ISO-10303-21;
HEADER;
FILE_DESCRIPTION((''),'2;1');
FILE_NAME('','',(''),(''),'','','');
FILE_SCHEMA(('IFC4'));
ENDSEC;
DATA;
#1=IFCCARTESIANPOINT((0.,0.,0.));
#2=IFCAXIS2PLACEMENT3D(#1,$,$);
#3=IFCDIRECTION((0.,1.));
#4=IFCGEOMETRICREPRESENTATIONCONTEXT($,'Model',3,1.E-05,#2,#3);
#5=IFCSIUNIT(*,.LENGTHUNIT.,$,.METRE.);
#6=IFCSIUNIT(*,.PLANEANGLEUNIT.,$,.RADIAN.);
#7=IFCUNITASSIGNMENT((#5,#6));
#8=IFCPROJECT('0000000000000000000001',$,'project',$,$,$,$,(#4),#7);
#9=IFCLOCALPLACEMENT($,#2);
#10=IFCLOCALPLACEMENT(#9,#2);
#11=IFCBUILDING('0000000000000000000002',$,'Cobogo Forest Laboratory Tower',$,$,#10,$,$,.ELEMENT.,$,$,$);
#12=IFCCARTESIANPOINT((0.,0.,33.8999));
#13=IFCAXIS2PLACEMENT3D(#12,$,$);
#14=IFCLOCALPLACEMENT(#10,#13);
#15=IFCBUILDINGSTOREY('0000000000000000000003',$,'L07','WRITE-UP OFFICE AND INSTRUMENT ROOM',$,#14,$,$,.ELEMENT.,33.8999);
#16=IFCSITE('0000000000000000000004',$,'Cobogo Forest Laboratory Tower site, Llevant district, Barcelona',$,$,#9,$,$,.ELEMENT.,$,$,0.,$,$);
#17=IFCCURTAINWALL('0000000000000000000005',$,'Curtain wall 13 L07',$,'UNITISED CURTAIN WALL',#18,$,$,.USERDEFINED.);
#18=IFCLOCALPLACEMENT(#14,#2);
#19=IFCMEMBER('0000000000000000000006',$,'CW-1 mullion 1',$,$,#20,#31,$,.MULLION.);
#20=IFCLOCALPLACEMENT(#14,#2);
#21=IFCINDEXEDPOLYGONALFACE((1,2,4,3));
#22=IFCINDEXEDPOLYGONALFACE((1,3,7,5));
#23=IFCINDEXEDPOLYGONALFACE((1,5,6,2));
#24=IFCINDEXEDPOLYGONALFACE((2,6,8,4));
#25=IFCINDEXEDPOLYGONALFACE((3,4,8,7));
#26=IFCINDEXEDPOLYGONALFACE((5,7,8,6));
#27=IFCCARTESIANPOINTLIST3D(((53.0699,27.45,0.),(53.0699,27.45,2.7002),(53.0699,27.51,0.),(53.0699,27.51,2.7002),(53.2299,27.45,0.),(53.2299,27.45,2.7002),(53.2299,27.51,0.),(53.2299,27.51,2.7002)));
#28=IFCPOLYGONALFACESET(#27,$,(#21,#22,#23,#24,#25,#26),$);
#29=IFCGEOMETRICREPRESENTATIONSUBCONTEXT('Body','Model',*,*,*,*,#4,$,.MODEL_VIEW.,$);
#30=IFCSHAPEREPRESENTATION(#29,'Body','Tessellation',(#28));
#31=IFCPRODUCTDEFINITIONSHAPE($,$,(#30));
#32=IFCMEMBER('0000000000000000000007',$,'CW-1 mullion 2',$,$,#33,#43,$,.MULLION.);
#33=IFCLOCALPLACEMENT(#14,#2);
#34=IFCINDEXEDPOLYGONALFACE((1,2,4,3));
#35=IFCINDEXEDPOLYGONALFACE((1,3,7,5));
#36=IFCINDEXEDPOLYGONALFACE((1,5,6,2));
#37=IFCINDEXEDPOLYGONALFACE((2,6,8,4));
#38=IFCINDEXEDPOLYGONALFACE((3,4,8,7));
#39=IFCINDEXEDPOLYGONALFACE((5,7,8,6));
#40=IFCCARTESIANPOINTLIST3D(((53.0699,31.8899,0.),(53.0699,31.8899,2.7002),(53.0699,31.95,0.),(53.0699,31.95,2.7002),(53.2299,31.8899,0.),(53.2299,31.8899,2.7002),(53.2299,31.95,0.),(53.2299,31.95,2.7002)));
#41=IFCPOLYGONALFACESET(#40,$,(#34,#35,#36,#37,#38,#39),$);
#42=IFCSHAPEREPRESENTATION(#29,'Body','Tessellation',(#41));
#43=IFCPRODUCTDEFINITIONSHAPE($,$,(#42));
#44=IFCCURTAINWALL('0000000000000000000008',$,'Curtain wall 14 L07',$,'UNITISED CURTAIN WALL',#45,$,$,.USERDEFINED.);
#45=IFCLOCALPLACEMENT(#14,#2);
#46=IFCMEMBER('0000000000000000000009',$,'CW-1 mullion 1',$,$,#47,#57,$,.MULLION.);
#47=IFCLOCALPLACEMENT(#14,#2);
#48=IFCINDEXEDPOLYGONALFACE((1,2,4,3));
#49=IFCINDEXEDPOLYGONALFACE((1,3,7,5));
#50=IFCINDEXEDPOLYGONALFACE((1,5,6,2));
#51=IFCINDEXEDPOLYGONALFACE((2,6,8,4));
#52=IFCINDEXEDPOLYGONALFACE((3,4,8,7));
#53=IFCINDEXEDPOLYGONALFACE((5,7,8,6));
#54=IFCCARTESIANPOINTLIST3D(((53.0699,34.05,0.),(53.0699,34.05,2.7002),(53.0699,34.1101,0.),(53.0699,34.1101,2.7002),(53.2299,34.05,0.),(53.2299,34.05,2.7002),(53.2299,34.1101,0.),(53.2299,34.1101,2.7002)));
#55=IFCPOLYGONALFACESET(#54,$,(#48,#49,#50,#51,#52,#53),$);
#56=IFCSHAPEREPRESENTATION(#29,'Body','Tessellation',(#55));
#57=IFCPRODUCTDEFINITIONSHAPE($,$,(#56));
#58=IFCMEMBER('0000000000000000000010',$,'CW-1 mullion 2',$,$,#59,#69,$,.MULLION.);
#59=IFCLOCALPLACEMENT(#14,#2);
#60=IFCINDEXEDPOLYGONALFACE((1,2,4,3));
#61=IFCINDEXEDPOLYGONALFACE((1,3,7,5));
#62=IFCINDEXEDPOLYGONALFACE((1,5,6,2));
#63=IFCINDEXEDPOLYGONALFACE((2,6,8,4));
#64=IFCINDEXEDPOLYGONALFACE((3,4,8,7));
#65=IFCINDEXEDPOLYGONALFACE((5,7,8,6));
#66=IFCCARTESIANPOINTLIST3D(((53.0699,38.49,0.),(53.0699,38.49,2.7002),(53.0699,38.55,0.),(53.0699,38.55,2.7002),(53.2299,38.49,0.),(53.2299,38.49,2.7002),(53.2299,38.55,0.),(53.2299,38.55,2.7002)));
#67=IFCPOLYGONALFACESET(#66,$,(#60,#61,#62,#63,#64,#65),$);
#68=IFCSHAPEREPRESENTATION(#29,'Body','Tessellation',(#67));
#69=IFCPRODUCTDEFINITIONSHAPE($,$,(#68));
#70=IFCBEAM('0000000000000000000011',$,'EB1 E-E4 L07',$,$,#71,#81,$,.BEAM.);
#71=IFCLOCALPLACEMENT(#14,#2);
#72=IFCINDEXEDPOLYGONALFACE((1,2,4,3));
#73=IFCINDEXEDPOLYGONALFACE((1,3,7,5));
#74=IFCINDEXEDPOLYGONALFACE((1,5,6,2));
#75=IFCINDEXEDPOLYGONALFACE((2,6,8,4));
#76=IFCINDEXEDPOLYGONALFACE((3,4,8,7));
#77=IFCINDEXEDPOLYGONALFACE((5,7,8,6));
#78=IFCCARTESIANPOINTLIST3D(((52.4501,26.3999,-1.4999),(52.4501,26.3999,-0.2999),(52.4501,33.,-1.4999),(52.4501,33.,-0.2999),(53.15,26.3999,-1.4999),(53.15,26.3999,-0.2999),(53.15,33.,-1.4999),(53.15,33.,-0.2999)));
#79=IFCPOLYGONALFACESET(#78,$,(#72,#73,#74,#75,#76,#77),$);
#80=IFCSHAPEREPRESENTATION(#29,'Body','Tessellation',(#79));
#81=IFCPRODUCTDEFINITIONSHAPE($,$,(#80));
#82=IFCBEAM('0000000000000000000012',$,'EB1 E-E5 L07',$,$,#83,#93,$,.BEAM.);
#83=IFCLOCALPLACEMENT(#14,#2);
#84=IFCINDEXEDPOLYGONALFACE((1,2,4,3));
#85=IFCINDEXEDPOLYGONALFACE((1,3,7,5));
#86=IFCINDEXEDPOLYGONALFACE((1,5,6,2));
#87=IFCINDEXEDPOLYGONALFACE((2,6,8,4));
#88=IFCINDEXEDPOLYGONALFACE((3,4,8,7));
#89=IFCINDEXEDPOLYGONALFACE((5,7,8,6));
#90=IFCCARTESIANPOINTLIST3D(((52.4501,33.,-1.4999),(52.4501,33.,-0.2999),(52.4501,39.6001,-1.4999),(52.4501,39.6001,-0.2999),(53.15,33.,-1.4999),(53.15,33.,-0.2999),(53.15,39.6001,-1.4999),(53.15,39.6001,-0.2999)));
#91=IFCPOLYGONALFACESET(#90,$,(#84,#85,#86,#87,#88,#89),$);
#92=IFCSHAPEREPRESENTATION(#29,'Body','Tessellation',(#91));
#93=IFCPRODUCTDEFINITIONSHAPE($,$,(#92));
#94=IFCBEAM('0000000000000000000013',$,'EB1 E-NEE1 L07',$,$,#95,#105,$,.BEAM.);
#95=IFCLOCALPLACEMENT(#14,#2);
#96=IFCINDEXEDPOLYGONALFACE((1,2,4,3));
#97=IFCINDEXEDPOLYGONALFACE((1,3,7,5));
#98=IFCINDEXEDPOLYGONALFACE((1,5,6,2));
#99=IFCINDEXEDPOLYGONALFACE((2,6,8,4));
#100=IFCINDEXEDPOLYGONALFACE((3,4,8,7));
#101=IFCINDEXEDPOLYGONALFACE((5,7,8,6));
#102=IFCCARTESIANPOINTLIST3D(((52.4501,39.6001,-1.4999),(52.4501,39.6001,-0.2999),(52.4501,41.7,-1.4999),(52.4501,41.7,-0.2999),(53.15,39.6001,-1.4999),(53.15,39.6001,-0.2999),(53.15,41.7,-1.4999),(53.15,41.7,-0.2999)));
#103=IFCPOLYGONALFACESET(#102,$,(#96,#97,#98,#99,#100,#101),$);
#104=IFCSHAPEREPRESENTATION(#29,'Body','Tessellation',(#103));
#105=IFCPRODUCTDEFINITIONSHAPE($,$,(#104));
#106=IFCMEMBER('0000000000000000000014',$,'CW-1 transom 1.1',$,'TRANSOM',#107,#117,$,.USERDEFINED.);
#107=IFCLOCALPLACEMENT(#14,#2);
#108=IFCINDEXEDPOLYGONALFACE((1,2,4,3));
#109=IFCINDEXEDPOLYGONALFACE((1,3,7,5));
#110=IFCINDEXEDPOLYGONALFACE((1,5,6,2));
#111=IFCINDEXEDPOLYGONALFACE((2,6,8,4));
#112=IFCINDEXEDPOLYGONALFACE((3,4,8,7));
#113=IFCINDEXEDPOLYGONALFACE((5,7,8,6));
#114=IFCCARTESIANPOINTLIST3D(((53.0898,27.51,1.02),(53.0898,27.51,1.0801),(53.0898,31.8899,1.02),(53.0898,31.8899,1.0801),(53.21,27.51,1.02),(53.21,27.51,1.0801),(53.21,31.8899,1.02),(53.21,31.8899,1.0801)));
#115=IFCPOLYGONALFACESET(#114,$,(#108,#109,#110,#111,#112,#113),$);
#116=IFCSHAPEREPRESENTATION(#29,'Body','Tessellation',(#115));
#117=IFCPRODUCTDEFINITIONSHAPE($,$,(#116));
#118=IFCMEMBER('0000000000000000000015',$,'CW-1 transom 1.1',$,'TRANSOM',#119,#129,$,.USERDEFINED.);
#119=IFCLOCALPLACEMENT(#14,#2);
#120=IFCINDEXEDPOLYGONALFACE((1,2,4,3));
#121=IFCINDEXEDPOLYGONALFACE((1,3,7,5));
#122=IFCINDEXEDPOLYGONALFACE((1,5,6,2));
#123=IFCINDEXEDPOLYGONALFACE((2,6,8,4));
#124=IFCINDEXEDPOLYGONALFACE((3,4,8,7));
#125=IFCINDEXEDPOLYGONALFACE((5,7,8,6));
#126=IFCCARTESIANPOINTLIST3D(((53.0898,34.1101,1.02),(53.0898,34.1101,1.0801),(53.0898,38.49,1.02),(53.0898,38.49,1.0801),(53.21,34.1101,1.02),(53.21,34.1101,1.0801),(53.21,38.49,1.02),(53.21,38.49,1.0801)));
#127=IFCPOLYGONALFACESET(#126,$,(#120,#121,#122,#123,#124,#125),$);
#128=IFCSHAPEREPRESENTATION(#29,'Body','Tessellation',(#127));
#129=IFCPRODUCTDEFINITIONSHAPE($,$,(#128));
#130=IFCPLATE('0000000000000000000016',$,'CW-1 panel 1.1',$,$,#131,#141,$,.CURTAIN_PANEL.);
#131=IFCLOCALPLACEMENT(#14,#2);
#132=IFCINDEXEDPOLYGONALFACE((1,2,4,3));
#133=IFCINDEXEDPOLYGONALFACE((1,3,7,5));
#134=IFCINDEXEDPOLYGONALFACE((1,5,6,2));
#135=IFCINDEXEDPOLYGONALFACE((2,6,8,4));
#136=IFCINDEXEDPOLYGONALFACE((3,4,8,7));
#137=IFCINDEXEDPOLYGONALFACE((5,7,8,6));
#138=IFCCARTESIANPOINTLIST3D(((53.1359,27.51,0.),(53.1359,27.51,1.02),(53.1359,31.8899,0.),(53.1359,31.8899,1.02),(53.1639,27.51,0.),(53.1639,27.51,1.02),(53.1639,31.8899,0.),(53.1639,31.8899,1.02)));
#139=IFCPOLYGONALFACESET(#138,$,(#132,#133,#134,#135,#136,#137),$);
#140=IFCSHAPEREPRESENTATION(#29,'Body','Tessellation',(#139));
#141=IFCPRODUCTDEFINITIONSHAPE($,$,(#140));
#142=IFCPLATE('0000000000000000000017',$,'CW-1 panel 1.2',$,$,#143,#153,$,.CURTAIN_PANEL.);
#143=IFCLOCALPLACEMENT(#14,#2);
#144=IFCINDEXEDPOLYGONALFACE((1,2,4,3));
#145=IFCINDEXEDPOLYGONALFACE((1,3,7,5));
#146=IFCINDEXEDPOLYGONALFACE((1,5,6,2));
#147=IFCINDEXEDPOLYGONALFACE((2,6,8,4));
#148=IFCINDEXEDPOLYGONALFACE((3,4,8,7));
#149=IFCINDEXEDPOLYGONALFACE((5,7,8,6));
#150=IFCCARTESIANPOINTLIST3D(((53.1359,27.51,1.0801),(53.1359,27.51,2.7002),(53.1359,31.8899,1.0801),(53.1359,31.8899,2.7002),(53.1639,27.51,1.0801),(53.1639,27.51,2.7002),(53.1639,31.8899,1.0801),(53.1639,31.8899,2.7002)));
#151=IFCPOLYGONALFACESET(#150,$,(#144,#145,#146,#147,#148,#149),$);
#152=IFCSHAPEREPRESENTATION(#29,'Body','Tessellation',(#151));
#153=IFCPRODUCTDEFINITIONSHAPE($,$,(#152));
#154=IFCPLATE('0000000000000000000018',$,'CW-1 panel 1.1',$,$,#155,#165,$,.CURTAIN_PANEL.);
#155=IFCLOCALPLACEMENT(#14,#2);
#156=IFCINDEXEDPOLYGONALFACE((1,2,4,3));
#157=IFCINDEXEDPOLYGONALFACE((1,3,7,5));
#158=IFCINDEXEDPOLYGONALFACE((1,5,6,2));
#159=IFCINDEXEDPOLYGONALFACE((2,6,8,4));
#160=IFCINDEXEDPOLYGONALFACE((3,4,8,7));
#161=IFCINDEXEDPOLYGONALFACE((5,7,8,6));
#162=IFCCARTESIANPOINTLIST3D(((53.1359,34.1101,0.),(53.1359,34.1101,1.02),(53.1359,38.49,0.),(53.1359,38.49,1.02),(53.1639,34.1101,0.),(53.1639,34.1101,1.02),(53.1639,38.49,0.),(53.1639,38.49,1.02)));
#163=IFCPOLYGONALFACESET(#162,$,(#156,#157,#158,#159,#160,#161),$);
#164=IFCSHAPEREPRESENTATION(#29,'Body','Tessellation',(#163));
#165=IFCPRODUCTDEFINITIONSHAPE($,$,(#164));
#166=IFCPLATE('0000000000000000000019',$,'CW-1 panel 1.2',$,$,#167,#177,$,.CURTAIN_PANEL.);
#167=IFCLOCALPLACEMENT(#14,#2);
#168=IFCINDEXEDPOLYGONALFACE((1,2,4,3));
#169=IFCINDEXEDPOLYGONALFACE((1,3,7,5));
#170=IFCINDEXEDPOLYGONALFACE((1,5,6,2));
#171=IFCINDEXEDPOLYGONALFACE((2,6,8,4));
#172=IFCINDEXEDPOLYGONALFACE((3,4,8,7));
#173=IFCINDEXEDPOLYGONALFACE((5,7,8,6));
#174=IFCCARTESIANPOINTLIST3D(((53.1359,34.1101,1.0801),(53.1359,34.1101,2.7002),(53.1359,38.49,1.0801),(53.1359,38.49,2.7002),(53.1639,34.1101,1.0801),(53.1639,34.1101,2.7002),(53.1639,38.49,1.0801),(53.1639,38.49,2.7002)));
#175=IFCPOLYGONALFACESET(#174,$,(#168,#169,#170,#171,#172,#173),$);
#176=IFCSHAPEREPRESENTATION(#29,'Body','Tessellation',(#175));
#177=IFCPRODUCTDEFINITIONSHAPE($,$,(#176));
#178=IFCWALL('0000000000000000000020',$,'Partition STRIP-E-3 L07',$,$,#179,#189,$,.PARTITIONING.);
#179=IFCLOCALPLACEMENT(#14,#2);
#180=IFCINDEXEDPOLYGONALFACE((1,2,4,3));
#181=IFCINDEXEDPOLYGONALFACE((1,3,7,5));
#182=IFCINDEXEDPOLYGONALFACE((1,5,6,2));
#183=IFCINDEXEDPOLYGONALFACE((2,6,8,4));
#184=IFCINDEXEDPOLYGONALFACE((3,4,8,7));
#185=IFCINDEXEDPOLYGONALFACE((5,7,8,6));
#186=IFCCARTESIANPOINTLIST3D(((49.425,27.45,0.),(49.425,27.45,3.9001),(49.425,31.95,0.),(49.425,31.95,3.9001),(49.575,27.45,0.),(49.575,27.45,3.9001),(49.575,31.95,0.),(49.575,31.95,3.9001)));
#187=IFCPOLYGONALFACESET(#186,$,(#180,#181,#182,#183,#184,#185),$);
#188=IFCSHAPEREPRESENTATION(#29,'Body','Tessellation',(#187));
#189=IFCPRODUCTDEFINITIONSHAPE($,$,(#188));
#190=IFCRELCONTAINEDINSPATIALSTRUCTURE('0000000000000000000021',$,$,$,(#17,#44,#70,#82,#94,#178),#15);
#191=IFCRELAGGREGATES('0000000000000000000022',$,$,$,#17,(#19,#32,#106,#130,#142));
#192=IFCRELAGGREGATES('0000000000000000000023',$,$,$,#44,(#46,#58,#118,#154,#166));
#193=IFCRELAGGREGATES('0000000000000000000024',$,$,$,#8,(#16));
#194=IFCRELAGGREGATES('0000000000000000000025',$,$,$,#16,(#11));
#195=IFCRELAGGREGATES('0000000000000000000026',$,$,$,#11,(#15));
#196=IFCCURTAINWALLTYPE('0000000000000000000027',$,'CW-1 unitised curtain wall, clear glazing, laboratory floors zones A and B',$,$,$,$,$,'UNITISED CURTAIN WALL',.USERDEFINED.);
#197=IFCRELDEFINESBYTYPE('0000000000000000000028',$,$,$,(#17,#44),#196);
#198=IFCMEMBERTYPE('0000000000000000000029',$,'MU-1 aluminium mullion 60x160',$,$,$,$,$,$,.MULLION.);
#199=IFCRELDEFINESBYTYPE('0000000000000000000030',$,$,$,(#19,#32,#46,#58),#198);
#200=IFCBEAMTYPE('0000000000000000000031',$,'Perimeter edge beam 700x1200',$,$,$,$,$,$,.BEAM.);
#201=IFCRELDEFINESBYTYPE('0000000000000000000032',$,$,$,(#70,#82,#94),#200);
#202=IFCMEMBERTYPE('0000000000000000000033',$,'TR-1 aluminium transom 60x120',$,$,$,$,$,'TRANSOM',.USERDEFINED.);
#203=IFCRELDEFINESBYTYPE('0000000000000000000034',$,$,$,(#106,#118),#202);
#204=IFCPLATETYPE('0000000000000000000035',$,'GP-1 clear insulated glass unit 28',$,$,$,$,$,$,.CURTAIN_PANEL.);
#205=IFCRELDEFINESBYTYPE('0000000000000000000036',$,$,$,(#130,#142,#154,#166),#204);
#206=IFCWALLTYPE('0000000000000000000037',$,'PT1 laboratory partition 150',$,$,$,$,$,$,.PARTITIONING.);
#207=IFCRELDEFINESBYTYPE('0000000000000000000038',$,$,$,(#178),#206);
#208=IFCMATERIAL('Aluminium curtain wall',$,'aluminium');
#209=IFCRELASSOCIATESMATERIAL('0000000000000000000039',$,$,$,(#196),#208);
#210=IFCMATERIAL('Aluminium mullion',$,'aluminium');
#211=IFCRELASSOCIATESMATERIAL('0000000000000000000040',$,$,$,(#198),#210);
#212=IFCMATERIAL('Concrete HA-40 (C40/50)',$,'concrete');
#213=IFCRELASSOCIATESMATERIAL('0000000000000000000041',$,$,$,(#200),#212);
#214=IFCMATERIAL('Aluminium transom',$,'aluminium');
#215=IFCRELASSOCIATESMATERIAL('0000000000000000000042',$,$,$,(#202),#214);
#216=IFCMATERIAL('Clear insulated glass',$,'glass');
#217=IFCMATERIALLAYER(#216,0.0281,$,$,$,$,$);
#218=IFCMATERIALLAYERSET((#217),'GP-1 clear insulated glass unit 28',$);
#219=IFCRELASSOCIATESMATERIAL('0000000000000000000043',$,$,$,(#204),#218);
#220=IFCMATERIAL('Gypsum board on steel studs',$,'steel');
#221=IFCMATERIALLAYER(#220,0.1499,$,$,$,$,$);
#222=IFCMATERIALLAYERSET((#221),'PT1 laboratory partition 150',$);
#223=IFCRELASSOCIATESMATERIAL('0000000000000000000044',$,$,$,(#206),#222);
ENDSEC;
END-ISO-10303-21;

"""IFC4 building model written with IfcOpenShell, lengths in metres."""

from ifc_helpers import new_model, si_unit, direction, frame, frame_2d, origin, origin_2d, place, context, subcontext, project, spatial, rectangle, extrude, material, layer, layer_set, material_profile, profile_set, type_object, element, aggregate, save


model = new_model("IFC4")

# Units and contexts
model_context = context("Model", 3, precision=1e-05, world=origin(), true_north=direction((0.0, 1.0)))
body_context = subcontext(model_context, "Body", "Model", "MODEL_VIEW")
ifc_project = project(units=[si_unit("LENGTHUNIT", "METRE"), si_unit("PLANEANGLEUNIT", "RADIAN")], contexts=[model_context])

# Site, building, storey
site_placement = place(None, origin())
site = spatial("IfcSite", under=ifc_project, at=site_placement, Name="Cobogo Forest Laboratory Tower site, Llevant district, Barcelona", CompositionType="ELEMENT", RefElevation=0.0)
building_placement = place(site_placement, origin())
building = spatial("IfcBuilding", under=site, at=building_placement, Name="Cobogo Forest Laboratory Tower", CompositionType="ELEMENT")
storey_placement = place(building_placement, frame((0.0, 0.0, 33.8999)))
storey = spatial("IfcBuildingStorey", under=building, at=storey_placement, Name="L07", Description="WRITE-UP OFFICE AND INSTRUMENT ROOM", CompositionType="ELEMENT", Elevation=33.8999)

# Shared definitions
ifc_material_1 = material(Name="Concrete HA-40 (C40/50)", Category="concrete")

# Curtain walls, members
ifc_material_2 = material(Name="Aluminium curtain wall", Category="aluminium")
curtain_wall_type = type_object("IfcCurtainWallType", Name="CW-1 unitised curtain wall, clear glazing, laboratory floors zones A and B", ElementType="UNITISED CURTAIN WALL", PredefinedType="USERDEFINED", material=ifc_material_2)
curtain_wall_1_placement = place(storey_placement, origin())
curtain_wall_1 = element("IfcCurtainWall", 1, at=curtain_wall_1_placement, inside=storey, type_object=curtain_wall_type, Name="Curtain wall 13 L07", ObjectType="UNITISED CURTAIN WALL", PredefinedType="USERDEFINED")
ifc_material_3 = material(Name="Aluminium mullion", Category="aluminium")
ifc_material_profile_1 = material_profile(ifc_material_3, rectangle(XDim=0.0601, YDim=0.1599, at=origin_2d()), Name="AL 60x160")
ifc_profile_set_1 = profile_set([ifc_material_profile_1], Name="Aluminium mullion")
member_type_1 = type_object("IfcMemberType", Name="MU-1 aluminium mullion 60x160", PredefinedType="MULLION", material=ifc_profile_set_1)
member_1_placement = place(storey_placement, frame((53.1499, 27.48, 0.0), z_axis=(0.0, 0.0, 1.0), x_axis=(0.0, 1.0, 0.0)))
member_1 = element("IfcMember", 2, at=member_1_placement, type_object=member_type_1, Name="CW-1 mullion 1", PredefinedType="MULLION", context=body_context, shape_type="SweptSolid", body=[
    extrude(rectangle(XDim=0.0601, YDim=0.1599, at=origin_2d()), origin(), (0.0, 0.0, 1.0), 2.7002),
])
member_2_placement = place(storey_placement, frame((53.1499, 31.9199, 0.0), z_axis=(0.0, 0.0, 1.0), x_axis=(0.0, 1.0, 0.0)))
member_2 = element("IfcMember", 3, at=member_2_placement, type_object=member_type_1, Name="CW-1 mullion 2", PredefinedType="MULLION", context=body_context, shape_type="SweptSolid", body=[
    extrude(rectangle(XDim=0.0601, YDim=0.1599, at=origin_2d()), origin(), (0.0, 0.0, 1.0), 2.7002),
])
curtain_wall_2_placement = place(storey_placement, origin())
curtain_wall_2 = element("IfcCurtainWall", 4, at=curtain_wall_2_placement, inside=storey, type_object=curtain_wall_type, Name="Curtain wall 14 L07", ObjectType="UNITISED CURTAIN WALL", PredefinedType="USERDEFINED")
member_3_placement = place(storey_placement, frame((53.1499, 34.0801, 0.0), z_axis=(0.0, 0.0, 1.0), x_axis=(0.0, 1.0, 0.0)))
member_3 = element("IfcMember", 5, at=member_3_placement, type_object=member_type_1, Name="CW-1 mullion 1", PredefinedType="MULLION", context=body_context, shape_type="SweptSolid", body=[
    extrude(rectangle(XDim=0.0601, YDim=0.1599, at=origin_2d()), origin(), (0.0, 0.0, 1.0), 2.7002),
])
member_4_placement = place(storey_placement, frame((53.1499, 38.52, 0.0), z_axis=(0.0, 0.0, 1.0), x_axis=(0.0, 1.0, 0.0)))
member_4 = element("IfcMember", 6, at=member_4_placement, type_object=member_type_1, Name="CW-1 mullion 2", PredefinedType="MULLION", context=body_context, shape_type="SweptSolid", body=[
    extrude(rectangle(XDim=0.0601, YDim=0.1599, at=origin_2d()), origin(), (0.0, 0.0, 1.0), 2.7002),
])

# Beams
ifc_material_profile_2 = material_profile(ifc_material_1, rectangle(XDim=0.7, YDim=1.2, at=origin_2d()), Name="RC 700x1200")
ifc_profile_set_2 = profile_set([ifc_material_profile_2], Name="Concrete HA-40 (C40/50)")
beam_type_1 = type_object("IfcBeamType", Name="Perimeter edge beam 700x1200", PredefinedType="BEAM", material=ifc_profile_set_2)
for number, where, z_axis, x_axis, name in (
    (7, (52.8, 26.3999, -0.8999), (0.0, 1.0, 0.0), (-1.0, 0.0, 0.0), "EB1 E-E4 L07"),
    (8, (52.8, 33.0, -0.8999), (0.0, 1.0, 0.0), (-1.0, 0.0, 0.0), "EB1 E-E5 L07"),
):
    element("IfcBeam", number, at=place(storey_placement, frame(where, z_axis=z_axis, x_axis=x_axis)), inside=storey, type_object=beam_type_1, Name=name, PredefinedType="BEAM", context=body_context, shape_type="SweptSolid", body=[
        extrude(rectangle(XDim=0.7, YDim=1.2, at=origin_2d()), origin(), (0.0, 0.0, 1.0), 6.6001),
    ])
beam_1_placement = place(storey_placement, frame((52.8, 39.6001, -0.8999), z_axis=(0.0, 1.0, 0.0), x_axis=(-1.0, 0.0, 0.0)))
element("IfcBeam", 9, at=beam_1_placement, inside=storey, type_object=beam_type_1, Name="EB1 E-NEE1 L07", PredefinedType="BEAM", context=body_context, shape_type="SweptSolid", body=[
    extrude(rectangle(XDim=0.7, YDim=1.2, at=origin_2d()), origin(), (0.0, 0.0, 1.0), 2.0999),
])

# Members
ifc_material_4 = material(Name="Aluminium transom", Category="aluminium")
ifc_material_profile_3 = material_profile(ifc_material_4, rectangle(XDim=0.1201, YDim=0.0601, at=origin_2d()), Name="AL 60x120")
ifc_profile_set_3 = profile_set([ifc_material_profile_3], Name="Aluminium transom")
member_type_2 = type_object("IfcMemberType", Name="TR-1 aluminium transom 60x120", ElementType="TRANSOM", PredefinedType="USERDEFINED", material=ifc_profile_set_3)
member_5_placement = place(storey_placement, frame((53.1499, 27.51, 1.05), z_axis=(0.0, 1.0, 0.0), x_axis=(-1.0, 0.0, 0.0)))
member_5 = element("IfcMember", 10, at=member_5_placement, type_object=member_type_2, Name="CW-1 transom 1.1", ObjectType="TRANSOM", PredefinedType="USERDEFINED", context=body_context, shape_type="SweptSolid", body=[
    extrude(rectangle(XDim=0.1201, YDim=0.0601, at=origin_2d()), origin(), (0.0, 0.0, 1.0), 4.3799),
])
member_6_placement = place(storey_placement, frame((53.1499, 34.1101, 1.05), z_axis=(0.0, 1.0, 0.0), x_axis=(-1.0, 0.0, 0.0)))
member_6 = element("IfcMember", 11, at=member_6_placement, type_object=member_type_2, Name="CW-1 transom 1.1", ObjectType="TRANSOM", PredefinedType="USERDEFINED", context=body_context, shape_type="SweptSolid", body=[
    extrude(rectangle(XDim=0.1201, YDim=0.0601, at=origin_2d()), origin(), (0.0, 0.0, 1.0), 4.3799),
])

# Plates
ifc_material_5 = material(Name="Clear insulated glass", Category="glass")
ifc_layer_1 = layer(ifc_material_5, 0.0281)
ifc_layer_set_1 = layer_set([ifc_layer_1], Name="GP-1 clear insulated glass unit 28")
plate_type_1 = type_object("IfcPlateType", Name="GP-1 clear insulated glass unit 28", PredefinedType="CURTAIN_PANEL", material=ifc_layer_set_1)
plate_1_placement = place(storey_placement, frame((53.1499, 29.7, 0.0), z_axis=(0.0, 0.0, 1.0), x_axis=(0.0, 1.0, 0.0)))
plate_1 = element("IfcPlate", 12, at=plate_1_placement, type_object=plate_type_1, Name="CW-1 panel 1.1", PredefinedType="CURTAIN_PANEL", context=body_context, shape_type="SweptSolid", body=[
    extrude(rectangle(XDim=4.3799, YDim=0.0281, at=origin_2d()), origin(), (0.0, 0.0, 1.0), 1.02),
])
plate_2_placement = place(storey_placement, frame((53.1499, 29.7, 1.0801), z_axis=(0.0, 0.0, 1.0), x_axis=(0.0, 1.0, 0.0)))
plate_2 = element("IfcPlate", 13, at=plate_2_placement, type_object=plate_type_1, Name="CW-1 panel 1.2", PredefinedType="CURTAIN_PANEL", context=body_context, shape_type="SweptSolid", body=[
    extrude(rectangle(XDim=4.3799, YDim=0.0281, at=origin_2d()), origin(), (0.0, 0.0, 1.0), 1.6201),
])
aggregate(curtain_wall_1, [member_1, member_2, member_5, plate_1, plate_2])
plate_3_placement = place(storey_placement, frame((53.1499, 36.3, 0.0), z_axis=(0.0, 0.0, 1.0), x_axis=(0.0, 1.0, 0.0)))
plate_3 = element("IfcPlate", 14, at=plate_3_placement, type_object=plate_type_1, Name="CW-1 panel 1.1", PredefinedType="CURTAIN_PANEL", context=body_context, shape_type="SweptSolid", body=[
    extrude(rectangle(XDim=4.3799, YDim=0.0281, at=origin_2d()), origin(), (0.0, 0.0, 1.0), 1.02),
])
plate_4_placement = place(storey_placement, frame((53.1499, 36.3, 1.0801), z_axis=(0.0, 0.0, 1.0), x_axis=(0.0, 1.0, 0.0)))
plate_4 = element("IfcPlate", 15, at=plate_4_placement, type_object=plate_type_1, Name="CW-1 panel 1.2", PredefinedType="CURTAIN_PANEL", context=body_context, shape_type="SweptSolid", body=[
    extrude(rectangle(XDim=4.3799, YDim=0.0281, at=origin_2d()), origin(), (0.0, 0.0, 1.0), 1.6201),
])
aggregate(curtain_wall_2, [member_3, member_4, member_6, plate_3, plate_4])

# Wall
ifc_material_6 = material(Name="Gypsum board on steel studs", Category="steel")
ifc_layer_2 = layer(ifc_material_6, 0.1499)
ifc_layer_set_2 = layer_set([ifc_layer_2], Name="PT1 laboratory partition 150")
wall_type = type_object("IfcWallType", Name="PT1 laboratory partition 150", PredefinedType="PARTITIONING", material=ifc_layer_set_2)
wall_1_placement = place(storey_placement, frame((49.5, 27.45, 0.0), z_axis=(0.0, 0.0, 1.0), x_axis=(0.0, 1.0, 0.0)))
element("IfcWall", 16, at=wall_1_placement, inside=storey, type_object=wall_type, Name="Partition STRIP-E-3 L07", PredefinedType="PARTITIONING", context=body_context, shape_type="SweptSolid", body=[
    extrude(rectangle(XDim=4.5, YDim=0.1499, at=frame_2d((2.25, 0.0))), origin(), (0.0, 0.0, 1.0), 3.9001),
])

save(model, "model.ifc")
